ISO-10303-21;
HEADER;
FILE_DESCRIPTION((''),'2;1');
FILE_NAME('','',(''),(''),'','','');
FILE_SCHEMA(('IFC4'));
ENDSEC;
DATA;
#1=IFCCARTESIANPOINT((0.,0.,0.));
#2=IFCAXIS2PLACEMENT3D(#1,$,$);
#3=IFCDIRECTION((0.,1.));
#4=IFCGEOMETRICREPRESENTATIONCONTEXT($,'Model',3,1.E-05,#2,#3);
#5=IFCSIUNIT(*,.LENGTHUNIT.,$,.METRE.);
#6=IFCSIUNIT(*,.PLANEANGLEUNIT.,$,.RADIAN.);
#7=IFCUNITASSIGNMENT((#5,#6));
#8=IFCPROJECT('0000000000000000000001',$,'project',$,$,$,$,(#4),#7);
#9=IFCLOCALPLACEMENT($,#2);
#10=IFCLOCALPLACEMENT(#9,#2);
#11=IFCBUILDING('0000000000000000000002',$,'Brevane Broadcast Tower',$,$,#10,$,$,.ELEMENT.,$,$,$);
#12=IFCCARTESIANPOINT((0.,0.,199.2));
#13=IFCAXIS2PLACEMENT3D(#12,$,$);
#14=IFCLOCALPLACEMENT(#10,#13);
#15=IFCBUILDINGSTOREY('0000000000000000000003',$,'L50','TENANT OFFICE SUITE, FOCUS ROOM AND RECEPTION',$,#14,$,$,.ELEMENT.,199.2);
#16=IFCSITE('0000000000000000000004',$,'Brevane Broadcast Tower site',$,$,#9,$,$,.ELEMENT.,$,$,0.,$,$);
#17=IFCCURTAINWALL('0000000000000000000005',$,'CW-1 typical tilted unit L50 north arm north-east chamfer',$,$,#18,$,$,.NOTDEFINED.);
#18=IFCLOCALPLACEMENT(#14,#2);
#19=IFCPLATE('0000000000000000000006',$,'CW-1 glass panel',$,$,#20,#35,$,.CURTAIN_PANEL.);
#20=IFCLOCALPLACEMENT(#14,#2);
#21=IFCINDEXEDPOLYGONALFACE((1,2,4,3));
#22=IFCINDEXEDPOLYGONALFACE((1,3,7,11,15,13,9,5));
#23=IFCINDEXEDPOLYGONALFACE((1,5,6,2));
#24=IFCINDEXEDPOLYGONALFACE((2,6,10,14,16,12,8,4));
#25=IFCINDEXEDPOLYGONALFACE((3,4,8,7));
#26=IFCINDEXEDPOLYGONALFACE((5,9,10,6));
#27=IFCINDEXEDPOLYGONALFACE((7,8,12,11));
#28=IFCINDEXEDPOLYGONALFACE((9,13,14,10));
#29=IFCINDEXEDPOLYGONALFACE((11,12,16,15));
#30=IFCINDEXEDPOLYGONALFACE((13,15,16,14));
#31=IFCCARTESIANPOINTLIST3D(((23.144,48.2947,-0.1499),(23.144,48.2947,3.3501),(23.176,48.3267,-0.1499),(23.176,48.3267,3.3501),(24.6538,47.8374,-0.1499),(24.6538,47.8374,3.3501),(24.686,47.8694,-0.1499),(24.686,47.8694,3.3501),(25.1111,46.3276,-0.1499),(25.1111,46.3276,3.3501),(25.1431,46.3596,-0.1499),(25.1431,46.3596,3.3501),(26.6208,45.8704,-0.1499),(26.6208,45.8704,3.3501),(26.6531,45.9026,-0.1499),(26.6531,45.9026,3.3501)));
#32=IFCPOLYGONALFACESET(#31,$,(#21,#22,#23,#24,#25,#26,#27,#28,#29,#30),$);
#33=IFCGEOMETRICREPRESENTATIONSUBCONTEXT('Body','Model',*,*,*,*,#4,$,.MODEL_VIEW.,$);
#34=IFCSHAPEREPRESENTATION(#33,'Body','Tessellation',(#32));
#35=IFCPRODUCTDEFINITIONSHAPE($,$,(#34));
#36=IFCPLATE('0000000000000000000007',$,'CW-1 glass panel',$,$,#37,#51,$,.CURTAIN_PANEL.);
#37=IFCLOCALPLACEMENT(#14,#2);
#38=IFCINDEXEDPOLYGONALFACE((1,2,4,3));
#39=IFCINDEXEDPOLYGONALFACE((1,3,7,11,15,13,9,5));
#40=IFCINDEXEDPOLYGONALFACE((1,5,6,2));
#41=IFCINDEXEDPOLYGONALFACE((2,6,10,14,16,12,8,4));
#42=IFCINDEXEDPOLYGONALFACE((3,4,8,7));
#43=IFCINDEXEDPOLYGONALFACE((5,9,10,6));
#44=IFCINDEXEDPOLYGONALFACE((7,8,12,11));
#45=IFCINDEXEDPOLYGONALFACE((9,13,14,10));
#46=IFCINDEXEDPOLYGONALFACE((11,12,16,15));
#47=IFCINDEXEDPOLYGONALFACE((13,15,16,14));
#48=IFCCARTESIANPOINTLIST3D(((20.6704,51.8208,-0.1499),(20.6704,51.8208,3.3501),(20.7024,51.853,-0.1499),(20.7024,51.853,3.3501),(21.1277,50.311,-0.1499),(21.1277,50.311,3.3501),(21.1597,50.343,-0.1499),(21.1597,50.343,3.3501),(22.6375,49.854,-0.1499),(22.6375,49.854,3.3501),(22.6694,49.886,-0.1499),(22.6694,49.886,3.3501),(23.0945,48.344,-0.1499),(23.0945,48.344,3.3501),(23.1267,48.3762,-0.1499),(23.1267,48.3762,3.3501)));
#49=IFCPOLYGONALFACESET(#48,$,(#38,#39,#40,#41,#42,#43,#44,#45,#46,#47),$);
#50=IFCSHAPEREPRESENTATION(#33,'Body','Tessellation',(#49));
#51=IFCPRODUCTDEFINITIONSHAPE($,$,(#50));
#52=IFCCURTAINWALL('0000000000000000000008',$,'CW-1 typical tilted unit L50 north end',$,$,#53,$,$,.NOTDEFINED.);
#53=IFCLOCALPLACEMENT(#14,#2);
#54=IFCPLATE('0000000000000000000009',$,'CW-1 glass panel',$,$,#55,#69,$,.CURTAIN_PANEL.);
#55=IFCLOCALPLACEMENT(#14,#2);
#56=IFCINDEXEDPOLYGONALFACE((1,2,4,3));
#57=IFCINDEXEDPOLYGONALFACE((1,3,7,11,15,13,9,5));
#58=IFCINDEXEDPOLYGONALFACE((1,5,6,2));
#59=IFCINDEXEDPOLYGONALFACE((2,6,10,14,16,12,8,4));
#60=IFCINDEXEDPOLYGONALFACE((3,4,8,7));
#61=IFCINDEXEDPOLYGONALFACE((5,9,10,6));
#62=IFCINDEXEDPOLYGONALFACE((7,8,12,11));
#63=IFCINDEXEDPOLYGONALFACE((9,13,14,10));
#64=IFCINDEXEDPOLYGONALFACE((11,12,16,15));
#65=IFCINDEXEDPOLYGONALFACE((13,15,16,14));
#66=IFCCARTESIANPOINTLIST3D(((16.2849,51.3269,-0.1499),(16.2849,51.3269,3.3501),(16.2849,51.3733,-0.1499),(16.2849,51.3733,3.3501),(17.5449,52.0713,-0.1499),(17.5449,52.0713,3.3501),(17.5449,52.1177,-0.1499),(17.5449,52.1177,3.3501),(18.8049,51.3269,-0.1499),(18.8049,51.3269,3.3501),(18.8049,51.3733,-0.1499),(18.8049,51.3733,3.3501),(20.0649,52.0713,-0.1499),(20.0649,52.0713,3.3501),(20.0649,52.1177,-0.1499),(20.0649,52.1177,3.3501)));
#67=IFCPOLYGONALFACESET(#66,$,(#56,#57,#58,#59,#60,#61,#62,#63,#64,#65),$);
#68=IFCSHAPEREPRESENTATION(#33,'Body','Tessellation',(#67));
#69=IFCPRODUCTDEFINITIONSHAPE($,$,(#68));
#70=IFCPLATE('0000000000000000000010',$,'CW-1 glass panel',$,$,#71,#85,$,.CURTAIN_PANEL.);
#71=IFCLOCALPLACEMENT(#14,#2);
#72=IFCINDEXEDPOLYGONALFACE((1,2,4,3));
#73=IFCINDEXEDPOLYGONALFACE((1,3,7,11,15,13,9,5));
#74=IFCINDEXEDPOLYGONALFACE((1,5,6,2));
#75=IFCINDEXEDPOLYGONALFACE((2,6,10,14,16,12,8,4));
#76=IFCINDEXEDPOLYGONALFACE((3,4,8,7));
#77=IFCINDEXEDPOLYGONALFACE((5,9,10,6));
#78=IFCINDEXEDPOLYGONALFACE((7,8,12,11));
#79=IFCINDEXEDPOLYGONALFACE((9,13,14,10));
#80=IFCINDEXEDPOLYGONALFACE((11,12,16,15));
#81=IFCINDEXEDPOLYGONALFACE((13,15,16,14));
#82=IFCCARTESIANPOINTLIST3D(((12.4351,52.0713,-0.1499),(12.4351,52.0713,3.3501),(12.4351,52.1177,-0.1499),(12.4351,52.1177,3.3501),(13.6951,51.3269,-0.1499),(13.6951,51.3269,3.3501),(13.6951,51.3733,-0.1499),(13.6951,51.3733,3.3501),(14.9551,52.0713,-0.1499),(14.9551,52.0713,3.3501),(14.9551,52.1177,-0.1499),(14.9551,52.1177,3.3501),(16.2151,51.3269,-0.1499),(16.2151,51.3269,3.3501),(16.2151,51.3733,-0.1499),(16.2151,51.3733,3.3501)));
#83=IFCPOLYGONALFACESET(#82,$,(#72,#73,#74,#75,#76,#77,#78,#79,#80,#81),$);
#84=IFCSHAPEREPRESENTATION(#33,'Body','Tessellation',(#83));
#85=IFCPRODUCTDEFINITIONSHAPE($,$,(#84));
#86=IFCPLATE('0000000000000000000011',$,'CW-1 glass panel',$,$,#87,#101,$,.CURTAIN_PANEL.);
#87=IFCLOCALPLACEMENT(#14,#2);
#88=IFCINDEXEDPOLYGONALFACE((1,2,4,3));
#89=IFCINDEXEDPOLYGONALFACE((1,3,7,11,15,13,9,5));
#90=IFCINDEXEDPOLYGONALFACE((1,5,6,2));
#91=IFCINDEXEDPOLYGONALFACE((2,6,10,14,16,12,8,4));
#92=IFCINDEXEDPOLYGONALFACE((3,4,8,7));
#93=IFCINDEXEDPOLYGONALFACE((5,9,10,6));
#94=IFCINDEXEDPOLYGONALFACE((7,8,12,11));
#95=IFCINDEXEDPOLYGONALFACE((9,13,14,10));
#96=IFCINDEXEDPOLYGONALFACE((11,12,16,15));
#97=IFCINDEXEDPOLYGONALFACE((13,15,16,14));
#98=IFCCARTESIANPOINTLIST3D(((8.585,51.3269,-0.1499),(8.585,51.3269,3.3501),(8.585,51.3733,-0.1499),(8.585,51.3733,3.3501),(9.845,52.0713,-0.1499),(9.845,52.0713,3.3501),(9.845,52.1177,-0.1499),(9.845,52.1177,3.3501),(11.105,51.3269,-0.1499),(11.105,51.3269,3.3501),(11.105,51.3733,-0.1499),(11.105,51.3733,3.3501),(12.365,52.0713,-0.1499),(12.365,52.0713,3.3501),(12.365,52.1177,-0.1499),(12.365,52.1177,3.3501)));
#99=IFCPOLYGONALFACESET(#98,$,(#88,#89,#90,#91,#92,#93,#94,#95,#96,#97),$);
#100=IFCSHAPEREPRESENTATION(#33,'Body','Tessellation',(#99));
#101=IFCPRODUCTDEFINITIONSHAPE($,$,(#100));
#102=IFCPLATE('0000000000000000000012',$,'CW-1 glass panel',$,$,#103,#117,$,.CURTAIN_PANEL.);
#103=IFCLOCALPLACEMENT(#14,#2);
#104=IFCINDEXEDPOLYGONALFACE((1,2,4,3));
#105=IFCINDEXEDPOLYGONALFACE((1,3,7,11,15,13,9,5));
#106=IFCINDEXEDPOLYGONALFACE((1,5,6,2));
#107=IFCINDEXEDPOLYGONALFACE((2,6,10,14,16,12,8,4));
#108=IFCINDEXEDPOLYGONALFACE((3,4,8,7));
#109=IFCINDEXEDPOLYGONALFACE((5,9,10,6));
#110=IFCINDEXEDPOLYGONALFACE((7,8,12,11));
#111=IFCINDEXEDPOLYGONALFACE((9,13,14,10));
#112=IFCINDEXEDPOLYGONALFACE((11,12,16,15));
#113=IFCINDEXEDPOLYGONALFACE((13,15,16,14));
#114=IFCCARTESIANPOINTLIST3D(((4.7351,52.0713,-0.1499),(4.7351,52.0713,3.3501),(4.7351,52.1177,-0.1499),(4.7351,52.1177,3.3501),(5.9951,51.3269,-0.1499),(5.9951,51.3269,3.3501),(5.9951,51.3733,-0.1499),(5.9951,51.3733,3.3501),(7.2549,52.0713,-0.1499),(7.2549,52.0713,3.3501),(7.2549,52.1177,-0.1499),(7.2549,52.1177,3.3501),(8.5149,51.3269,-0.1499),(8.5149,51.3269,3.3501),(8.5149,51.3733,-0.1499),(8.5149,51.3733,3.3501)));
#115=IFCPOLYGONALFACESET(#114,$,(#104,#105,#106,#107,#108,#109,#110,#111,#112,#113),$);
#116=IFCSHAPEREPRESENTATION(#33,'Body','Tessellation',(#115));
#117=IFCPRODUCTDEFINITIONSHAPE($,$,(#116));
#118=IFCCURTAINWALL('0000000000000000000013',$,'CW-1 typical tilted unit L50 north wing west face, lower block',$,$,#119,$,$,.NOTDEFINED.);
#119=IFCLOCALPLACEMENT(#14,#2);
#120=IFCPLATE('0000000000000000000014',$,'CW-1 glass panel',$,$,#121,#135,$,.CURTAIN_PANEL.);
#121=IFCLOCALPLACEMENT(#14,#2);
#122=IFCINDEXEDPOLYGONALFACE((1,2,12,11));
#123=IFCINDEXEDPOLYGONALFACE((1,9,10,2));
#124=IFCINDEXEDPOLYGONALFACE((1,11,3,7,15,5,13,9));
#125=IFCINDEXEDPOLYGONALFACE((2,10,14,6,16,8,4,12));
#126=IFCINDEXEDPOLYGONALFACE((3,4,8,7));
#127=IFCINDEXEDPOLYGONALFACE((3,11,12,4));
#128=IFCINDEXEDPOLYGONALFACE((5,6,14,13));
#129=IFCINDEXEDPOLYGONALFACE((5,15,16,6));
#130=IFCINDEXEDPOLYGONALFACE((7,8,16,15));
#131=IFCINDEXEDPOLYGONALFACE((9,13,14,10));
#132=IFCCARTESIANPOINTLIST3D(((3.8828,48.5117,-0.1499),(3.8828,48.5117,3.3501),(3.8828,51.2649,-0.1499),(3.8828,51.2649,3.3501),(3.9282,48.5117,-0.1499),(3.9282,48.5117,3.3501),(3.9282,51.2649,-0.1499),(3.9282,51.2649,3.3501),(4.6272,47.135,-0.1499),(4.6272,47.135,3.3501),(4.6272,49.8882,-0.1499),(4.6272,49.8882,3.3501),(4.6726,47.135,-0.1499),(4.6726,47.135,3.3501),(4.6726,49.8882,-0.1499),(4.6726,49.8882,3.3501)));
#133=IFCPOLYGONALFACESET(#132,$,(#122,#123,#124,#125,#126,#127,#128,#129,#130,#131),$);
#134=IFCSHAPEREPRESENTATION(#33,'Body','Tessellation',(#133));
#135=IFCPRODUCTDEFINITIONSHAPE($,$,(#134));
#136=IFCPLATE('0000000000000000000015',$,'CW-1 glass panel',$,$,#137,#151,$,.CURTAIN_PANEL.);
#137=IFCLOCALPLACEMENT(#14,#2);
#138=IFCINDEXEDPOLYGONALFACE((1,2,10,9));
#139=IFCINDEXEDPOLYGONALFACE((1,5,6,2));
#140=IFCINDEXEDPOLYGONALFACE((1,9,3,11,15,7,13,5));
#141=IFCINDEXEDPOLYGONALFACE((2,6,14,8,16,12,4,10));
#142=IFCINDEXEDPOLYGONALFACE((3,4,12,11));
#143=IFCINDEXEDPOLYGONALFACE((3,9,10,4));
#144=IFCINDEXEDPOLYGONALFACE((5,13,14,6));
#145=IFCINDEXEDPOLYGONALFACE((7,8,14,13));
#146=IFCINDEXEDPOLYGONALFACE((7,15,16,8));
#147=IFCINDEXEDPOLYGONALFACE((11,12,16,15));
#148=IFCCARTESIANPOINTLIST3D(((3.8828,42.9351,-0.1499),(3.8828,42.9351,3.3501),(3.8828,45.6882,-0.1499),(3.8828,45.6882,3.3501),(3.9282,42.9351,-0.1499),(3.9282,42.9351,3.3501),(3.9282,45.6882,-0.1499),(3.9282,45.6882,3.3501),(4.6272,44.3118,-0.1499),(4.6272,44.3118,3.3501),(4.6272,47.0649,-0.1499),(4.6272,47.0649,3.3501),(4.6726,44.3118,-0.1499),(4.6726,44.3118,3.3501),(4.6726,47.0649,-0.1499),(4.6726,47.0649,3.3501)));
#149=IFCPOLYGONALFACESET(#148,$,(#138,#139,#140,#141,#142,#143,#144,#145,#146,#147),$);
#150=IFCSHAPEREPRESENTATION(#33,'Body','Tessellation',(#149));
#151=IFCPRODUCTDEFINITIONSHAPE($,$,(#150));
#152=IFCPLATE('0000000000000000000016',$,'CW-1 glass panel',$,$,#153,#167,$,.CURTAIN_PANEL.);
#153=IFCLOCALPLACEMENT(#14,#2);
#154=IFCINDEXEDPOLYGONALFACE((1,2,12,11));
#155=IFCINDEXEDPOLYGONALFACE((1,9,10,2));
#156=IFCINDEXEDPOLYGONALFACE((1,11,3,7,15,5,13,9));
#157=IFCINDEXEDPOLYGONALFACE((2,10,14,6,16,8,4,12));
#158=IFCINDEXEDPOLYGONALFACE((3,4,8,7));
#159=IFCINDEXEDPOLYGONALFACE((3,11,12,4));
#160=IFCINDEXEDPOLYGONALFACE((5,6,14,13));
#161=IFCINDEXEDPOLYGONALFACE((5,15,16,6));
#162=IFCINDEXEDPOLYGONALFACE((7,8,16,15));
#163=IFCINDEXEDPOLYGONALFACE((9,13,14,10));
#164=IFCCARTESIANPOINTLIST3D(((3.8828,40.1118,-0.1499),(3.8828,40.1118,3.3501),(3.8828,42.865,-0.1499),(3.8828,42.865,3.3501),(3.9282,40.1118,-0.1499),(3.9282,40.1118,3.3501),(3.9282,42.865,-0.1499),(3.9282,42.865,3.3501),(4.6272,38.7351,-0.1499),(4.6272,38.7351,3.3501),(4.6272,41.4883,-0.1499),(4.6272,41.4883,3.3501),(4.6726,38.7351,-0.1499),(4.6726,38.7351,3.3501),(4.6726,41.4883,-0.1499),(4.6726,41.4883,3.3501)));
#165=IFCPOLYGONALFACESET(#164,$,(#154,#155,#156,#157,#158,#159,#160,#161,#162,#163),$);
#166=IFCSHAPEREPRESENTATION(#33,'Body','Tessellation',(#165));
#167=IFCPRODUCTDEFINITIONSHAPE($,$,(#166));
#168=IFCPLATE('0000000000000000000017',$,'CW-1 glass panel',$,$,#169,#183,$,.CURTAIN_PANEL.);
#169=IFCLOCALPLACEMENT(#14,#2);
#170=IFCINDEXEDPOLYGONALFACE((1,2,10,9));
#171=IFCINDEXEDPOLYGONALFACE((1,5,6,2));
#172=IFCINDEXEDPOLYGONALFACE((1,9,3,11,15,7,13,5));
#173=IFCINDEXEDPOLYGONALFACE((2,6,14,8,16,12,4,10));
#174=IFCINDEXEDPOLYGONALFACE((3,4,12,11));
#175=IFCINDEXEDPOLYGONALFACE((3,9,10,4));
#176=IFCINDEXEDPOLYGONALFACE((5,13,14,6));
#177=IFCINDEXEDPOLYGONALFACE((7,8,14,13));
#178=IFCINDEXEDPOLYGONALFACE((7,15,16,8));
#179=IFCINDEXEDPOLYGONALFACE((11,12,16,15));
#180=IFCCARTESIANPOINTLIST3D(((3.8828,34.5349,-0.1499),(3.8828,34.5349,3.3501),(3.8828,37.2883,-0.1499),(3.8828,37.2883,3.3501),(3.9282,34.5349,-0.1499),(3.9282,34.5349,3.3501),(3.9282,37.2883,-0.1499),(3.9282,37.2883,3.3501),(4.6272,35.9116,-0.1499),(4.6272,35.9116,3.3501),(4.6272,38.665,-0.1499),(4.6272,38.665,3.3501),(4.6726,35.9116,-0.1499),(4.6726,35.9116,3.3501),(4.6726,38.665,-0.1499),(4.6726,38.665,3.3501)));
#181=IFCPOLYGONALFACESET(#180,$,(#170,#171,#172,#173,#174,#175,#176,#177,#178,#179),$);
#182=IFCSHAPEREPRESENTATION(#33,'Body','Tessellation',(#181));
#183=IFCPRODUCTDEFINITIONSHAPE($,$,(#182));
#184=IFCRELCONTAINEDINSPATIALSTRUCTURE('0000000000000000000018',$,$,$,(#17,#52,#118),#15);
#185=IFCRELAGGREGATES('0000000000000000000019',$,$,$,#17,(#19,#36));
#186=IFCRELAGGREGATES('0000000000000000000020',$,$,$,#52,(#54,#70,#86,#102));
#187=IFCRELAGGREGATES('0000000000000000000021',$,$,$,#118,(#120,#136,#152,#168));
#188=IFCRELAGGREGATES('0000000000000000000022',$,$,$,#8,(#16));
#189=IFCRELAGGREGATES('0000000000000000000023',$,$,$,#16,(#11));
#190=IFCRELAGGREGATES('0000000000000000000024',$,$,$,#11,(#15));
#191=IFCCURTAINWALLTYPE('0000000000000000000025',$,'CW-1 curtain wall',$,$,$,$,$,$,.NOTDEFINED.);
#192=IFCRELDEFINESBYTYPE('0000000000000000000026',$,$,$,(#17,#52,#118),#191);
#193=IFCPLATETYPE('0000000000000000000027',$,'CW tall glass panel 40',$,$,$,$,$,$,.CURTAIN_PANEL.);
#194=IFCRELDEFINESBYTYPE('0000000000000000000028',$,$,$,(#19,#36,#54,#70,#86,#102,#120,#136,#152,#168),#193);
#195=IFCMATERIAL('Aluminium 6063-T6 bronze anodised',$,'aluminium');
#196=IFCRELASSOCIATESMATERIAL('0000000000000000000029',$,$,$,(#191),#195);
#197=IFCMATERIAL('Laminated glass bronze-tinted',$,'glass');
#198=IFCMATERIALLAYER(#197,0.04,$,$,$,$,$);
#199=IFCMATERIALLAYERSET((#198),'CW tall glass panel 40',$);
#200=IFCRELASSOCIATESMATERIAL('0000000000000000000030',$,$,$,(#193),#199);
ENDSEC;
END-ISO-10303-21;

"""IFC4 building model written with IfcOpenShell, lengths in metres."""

from ifc_helpers import new_model, si_unit, direction, frame, origin, place, context, subcontext, project, spatial, polyline, outline, extrude, material, layer, layer_set, type_object, element, aggregate, save


model = new_model("IFC4")

# Units and contexts
model_context = context("Model", 3, precision=1e-05, world=origin(), true_north=direction((0.0, 1.0)))
body_context = subcontext(model_context, "Body", "Model", "MODEL_VIEW")
ifc_project = project(units=[si_unit("LENGTHUNIT", "METRE"), si_unit("PLANEANGLEUNIT", "RADIAN")], contexts=[model_context])

# Site, building, storey
site_placement = place(None, origin())
site = spatial("IfcSite", under=ifc_project, at=site_placement, Name="Brevane Broadcast Tower site", CompositionType="ELEMENT", RefElevation=0.0)
building_placement = place(site_placement, origin())
building = spatial("IfcBuilding", under=site, at=building_placement, Name="Brevane Broadcast Tower", CompositionType="ELEMENT")
storey_placement = place(building_placement, frame((0.0, 0.0, 199.2)))
storey = spatial("IfcBuildingStorey", under=building, at=storey_placement, Name="L50", Description="TENANT OFFICE SUITE, FOCUS ROOM AND RECEPTION", CompositionType="ELEMENT", Elevation=199.2)

# Shared definitions
ifc_material_1 = material(Name="Aluminium 6063-T6 bronze anodised", Category="aluminium")
curtain_wall_type = type_object("IfcCurtainWallType", Name="CW-1 curtain wall", PredefinedType="NOTDEFINED", material=ifc_material_1)

# Curtain walls, plates
ifc_material_2 = material(Name="Laminated glass bronze-tinted", Category="glass")
ifc_layer = layer(ifc_material_2, 0.04)
ifc_layer_set = layer_set([ifc_layer], Name="CW tall glass panel 40")
plate_type = type_object("IfcPlateType", Name="CW tall glass panel 40", PredefinedType="CURTAIN_PANEL", material=ifc_layer_set)
curtain_wall_1_placement = place(storey_placement, origin())
curtain_wall_1 = element("IfcCurtainWall", 1, at=curtain_wall_1_placement, inside=storey, type_object=curtain_wall_type, Name="CW-1 typical tilted unit L50 north arm north-east chamfer", PredefinedType="NOTDEFINED")
plate_1_placement = place(storey_placement, frame((0.0, 0.0, -0.1499)))
plate_1 = element("IfcPlate", 2, at=plate_1_placement, type_object=plate_type, Name="CW-1 glass panel", PredefinedType="CURTAIN_PANEL", context=body_context, shape_type="SweptSolid", body=[
    extrude(outline(polyline([(26.6208, 45.8704), (26.6531, 45.9026), (25.1431, 46.3596), (24.686, 47.8694), (23.176, 48.3267), (23.144, 48.2947), (24.6538, 47.8374), (25.1111, 46.3276), (26.6208, 45.8704)])), origin(), (0.0, 0.0, 1.0), 3.5),
])
plate_2_placement = place(storey_placement, frame((0.0, 0.0, -0.1499)))
plate_2 = element("IfcPlate", 3, at=plate_2_placement, type_object=plate_type, Name="CW-1 glass panel", PredefinedType="CURTAIN_PANEL", context=body_context, shape_type="SweptSolid", body=[
    extrude(outline(polyline([(23.0945, 48.344), (23.1267, 48.3762), (22.6694, 49.886), (21.1597, 50.343), (20.7024, 51.853), (20.6704, 51.8208), (21.1277, 50.311), (22.6375, 49.854), (23.0945, 48.344)])), origin(), (0.0, 0.0, 1.0), 3.5),
])
aggregate(curtain_wall_1, [plate_1, plate_2])
curtain_wall_2_placement = place(storey_placement, origin())
curtain_wall_2 = element("IfcCurtainWall", 4, at=curtain_wall_2_placement, inside=storey, type_object=curtain_wall_type, Name="CW-1 typical tilted unit L50 north end", PredefinedType="NOTDEFINED")
plate_3_placement = place(storey_placement, frame((0.0, 0.0, -0.1499)))
plate_3 = element("IfcPlate", 5, at=plate_3_placement, type_object=plate_type, Name="CW-1 glass panel", PredefinedType="CURTAIN_PANEL", context=body_context, shape_type="SweptSolid", body=[
    extrude(outline(polyline([(20.0649, 52.0713), (20.0649, 52.1177), (18.8049, 51.3733), (17.5449, 52.1177), (16.2849, 51.3733), (16.2849, 51.3269), (17.5449, 52.0713), (18.8049, 51.3269), (20.0649, 52.0713)])), origin(), (0.0, 0.0, 1.0), 3.5),
])
plate_4_placement = place(storey_placement, frame((0.0, 0.0, -0.1499)))
plate_4 = element("IfcPlate", 6, at=plate_4_placement, type_object=plate_type, Name="CW-1 glass panel", PredefinedType="CURTAIN_PANEL", context=body_context, shape_type="SweptSolid", body=[
    extrude(outline(polyline([(16.2151, 51.3269), (16.2151, 51.3733), (14.9551, 52.1177), (13.6951, 51.3733), (12.4351, 52.1177), (12.4351, 52.0713), (13.6951, 51.3269), (14.9551, 52.0713), (16.2151, 51.3269)])), origin(), (0.0, 0.0, 1.0), 3.5),
])
plate_5_placement = place(storey_placement, frame((0.0, 0.0, -0.1499)))
plate_5 = element("IfcPlate", 7, at=plate_5_placement, type_object=plate_type, Name="CW-1 glass panel", PredefinedType="CURTAIN_PANEL", context=body_context, shape_type="SweptSolid", body=[
    extrude(outline(polyline([(12.365, 52.0713), (12.365, 52.1177), (11.105, 51.3733), (9.845, 52.1177), (8.585, 51.3733), (8.585, 51.3269), (9.845, 52.0713), (11.105, 51.3269), (12.365, 52.0713)])), origin(), (0.0, 0.0, 1.0), 3.5),
])
plate_6_placement = place(storey_placement, frame((0.0, 0.0, -0.1499)))
plate_6 = element("IfcPlate", 8, at=plate_6_placement, type_object=plate_type, Name="CW-1 glass panel", PredefinedType="CURTAIN_PANEL", context=body_context, shape_type="SweptSolid", body=[
    extrude(outline(polyline([(8.5149, 51.3269), (8.5149, 51.3733), (7.2549, 52.1177), (5.9951, 51.3733), (4.7351, 52.1177), (4.7351, 52.0713), (5.9951, 51.3269), (7.2549, 52.0713), (8.5149, 51.3269)])), origin(), (0.0, 0.0, 1.0), 3.5),
])
aggregate(curtain_wall_2, [plate_3, plate_4, plate_5, plate_6])
curtain_wall_3_placement = place(storey_placement, origin())
curtain_wall_3 = element("IfcCurtainWall", 9, at=curtain_wall_3_placement, inside=storey, type_object=curtain_wall_type, Name="CW-1 typical tilted unit L50 north wing west face, lower block", PredefinedType="NOTDEFINED")
plate_7_placement = place(storey_placement, frame((0.0, 0.0, -0.1499)))
plate_7 = element("IfcPlate", 10, at=plate_7_placement, type_object=plate_type, Name="CW-1 glass panel", PredefinedType="CURTAIN_PANEL", context=body_context, shape_type="SweptSolid", body=[
    extrude(outline(polyline([(3.9282, 51.2649), (3.8828, 51.2649), (4.6272, 49.8882), (3.8828, 48.5117), (4.6272, 47.135), (4.6726, 47.135), (3.9282, 48.5117), (4.6726, 49.8882), (3.9282, 51.2649)])), origin(), (0.0, 0.0, 1.0), 3.5),
])
plate_8_placement = place(storey_placement, frame((0.0, 0.0, -0.1499)))
plate_8 = element("IfcPlate", 11, at=plate_8_placement, type_object=plate_type, Name="CW-1 glass panel", PredefinedType="CURTAIN_PANEL", context=body_context, shape_type="SweptSolid", body=[
    extrude(outline(polyline([(4.6726, 47.0649), (4.6272, 47.0649), (3.8828, 45.6882), (4.6272, 44.3118), (3.8828, 42.9351), (3.9282, 42.9351), (4.6726, 44.3118), (3.9282, 45.6882), (4.6726, 47.0649)])), origin(), (0.0, 0.0, 1.0), 3.5),
])
plate_9_placement = place(storey_placement, frame((0.0, 0.0, -0.1499)))
plate_9 = element("IfcPlate", 12, at=plate_9_placement, type_object=plate_type, Name="CW-1 glass panel", PredefinedType="CURTAIN_PANEL", context=body_context, shape_type="SweptSolid", body=[
    extrude(outline(polyline([(3.9282, 42.865), (3.8828, 42.865), (4.6272, 41.4883), (3.8828, 40.1118), (4.6272, 38.7351), (4.6726, 38.7351), (3.9282, 40.1118), (4.6726, 41.4883), (3.9282, 42.865)])), origin(), (0.0, 0.0, 1.0), 3.5),
])
plate_10_placement = place(storey_placement, frame((0.0, 0.0, -0.1499)))
plate_10 = element("IfcPlate", 13, at=plate_10_placement, type_object=plate_type, Name="CW-1 glass panel", PredefinedType="CURTAIN_PANEL", context=body_context, shape_type="SweptSolid", body=[
    extrude(outline(polyline([(4.6726, 38.665), (4.6272, 38.665), (3.8828, 37.2883), (4.6272, 35.9116), (3.8828, 34.5349), (3.9282, 34.5349), (4.6726, 35.9116), (3.9282, 37.2883), (4.6726, 38.665)])), origin(), (0.0, 0.0, 1.0), 3.5),
])
aggregate(curtain_wall_3, [plate_7, plate_8, plate_9, plate_10])

save(model, "model.ifc")
